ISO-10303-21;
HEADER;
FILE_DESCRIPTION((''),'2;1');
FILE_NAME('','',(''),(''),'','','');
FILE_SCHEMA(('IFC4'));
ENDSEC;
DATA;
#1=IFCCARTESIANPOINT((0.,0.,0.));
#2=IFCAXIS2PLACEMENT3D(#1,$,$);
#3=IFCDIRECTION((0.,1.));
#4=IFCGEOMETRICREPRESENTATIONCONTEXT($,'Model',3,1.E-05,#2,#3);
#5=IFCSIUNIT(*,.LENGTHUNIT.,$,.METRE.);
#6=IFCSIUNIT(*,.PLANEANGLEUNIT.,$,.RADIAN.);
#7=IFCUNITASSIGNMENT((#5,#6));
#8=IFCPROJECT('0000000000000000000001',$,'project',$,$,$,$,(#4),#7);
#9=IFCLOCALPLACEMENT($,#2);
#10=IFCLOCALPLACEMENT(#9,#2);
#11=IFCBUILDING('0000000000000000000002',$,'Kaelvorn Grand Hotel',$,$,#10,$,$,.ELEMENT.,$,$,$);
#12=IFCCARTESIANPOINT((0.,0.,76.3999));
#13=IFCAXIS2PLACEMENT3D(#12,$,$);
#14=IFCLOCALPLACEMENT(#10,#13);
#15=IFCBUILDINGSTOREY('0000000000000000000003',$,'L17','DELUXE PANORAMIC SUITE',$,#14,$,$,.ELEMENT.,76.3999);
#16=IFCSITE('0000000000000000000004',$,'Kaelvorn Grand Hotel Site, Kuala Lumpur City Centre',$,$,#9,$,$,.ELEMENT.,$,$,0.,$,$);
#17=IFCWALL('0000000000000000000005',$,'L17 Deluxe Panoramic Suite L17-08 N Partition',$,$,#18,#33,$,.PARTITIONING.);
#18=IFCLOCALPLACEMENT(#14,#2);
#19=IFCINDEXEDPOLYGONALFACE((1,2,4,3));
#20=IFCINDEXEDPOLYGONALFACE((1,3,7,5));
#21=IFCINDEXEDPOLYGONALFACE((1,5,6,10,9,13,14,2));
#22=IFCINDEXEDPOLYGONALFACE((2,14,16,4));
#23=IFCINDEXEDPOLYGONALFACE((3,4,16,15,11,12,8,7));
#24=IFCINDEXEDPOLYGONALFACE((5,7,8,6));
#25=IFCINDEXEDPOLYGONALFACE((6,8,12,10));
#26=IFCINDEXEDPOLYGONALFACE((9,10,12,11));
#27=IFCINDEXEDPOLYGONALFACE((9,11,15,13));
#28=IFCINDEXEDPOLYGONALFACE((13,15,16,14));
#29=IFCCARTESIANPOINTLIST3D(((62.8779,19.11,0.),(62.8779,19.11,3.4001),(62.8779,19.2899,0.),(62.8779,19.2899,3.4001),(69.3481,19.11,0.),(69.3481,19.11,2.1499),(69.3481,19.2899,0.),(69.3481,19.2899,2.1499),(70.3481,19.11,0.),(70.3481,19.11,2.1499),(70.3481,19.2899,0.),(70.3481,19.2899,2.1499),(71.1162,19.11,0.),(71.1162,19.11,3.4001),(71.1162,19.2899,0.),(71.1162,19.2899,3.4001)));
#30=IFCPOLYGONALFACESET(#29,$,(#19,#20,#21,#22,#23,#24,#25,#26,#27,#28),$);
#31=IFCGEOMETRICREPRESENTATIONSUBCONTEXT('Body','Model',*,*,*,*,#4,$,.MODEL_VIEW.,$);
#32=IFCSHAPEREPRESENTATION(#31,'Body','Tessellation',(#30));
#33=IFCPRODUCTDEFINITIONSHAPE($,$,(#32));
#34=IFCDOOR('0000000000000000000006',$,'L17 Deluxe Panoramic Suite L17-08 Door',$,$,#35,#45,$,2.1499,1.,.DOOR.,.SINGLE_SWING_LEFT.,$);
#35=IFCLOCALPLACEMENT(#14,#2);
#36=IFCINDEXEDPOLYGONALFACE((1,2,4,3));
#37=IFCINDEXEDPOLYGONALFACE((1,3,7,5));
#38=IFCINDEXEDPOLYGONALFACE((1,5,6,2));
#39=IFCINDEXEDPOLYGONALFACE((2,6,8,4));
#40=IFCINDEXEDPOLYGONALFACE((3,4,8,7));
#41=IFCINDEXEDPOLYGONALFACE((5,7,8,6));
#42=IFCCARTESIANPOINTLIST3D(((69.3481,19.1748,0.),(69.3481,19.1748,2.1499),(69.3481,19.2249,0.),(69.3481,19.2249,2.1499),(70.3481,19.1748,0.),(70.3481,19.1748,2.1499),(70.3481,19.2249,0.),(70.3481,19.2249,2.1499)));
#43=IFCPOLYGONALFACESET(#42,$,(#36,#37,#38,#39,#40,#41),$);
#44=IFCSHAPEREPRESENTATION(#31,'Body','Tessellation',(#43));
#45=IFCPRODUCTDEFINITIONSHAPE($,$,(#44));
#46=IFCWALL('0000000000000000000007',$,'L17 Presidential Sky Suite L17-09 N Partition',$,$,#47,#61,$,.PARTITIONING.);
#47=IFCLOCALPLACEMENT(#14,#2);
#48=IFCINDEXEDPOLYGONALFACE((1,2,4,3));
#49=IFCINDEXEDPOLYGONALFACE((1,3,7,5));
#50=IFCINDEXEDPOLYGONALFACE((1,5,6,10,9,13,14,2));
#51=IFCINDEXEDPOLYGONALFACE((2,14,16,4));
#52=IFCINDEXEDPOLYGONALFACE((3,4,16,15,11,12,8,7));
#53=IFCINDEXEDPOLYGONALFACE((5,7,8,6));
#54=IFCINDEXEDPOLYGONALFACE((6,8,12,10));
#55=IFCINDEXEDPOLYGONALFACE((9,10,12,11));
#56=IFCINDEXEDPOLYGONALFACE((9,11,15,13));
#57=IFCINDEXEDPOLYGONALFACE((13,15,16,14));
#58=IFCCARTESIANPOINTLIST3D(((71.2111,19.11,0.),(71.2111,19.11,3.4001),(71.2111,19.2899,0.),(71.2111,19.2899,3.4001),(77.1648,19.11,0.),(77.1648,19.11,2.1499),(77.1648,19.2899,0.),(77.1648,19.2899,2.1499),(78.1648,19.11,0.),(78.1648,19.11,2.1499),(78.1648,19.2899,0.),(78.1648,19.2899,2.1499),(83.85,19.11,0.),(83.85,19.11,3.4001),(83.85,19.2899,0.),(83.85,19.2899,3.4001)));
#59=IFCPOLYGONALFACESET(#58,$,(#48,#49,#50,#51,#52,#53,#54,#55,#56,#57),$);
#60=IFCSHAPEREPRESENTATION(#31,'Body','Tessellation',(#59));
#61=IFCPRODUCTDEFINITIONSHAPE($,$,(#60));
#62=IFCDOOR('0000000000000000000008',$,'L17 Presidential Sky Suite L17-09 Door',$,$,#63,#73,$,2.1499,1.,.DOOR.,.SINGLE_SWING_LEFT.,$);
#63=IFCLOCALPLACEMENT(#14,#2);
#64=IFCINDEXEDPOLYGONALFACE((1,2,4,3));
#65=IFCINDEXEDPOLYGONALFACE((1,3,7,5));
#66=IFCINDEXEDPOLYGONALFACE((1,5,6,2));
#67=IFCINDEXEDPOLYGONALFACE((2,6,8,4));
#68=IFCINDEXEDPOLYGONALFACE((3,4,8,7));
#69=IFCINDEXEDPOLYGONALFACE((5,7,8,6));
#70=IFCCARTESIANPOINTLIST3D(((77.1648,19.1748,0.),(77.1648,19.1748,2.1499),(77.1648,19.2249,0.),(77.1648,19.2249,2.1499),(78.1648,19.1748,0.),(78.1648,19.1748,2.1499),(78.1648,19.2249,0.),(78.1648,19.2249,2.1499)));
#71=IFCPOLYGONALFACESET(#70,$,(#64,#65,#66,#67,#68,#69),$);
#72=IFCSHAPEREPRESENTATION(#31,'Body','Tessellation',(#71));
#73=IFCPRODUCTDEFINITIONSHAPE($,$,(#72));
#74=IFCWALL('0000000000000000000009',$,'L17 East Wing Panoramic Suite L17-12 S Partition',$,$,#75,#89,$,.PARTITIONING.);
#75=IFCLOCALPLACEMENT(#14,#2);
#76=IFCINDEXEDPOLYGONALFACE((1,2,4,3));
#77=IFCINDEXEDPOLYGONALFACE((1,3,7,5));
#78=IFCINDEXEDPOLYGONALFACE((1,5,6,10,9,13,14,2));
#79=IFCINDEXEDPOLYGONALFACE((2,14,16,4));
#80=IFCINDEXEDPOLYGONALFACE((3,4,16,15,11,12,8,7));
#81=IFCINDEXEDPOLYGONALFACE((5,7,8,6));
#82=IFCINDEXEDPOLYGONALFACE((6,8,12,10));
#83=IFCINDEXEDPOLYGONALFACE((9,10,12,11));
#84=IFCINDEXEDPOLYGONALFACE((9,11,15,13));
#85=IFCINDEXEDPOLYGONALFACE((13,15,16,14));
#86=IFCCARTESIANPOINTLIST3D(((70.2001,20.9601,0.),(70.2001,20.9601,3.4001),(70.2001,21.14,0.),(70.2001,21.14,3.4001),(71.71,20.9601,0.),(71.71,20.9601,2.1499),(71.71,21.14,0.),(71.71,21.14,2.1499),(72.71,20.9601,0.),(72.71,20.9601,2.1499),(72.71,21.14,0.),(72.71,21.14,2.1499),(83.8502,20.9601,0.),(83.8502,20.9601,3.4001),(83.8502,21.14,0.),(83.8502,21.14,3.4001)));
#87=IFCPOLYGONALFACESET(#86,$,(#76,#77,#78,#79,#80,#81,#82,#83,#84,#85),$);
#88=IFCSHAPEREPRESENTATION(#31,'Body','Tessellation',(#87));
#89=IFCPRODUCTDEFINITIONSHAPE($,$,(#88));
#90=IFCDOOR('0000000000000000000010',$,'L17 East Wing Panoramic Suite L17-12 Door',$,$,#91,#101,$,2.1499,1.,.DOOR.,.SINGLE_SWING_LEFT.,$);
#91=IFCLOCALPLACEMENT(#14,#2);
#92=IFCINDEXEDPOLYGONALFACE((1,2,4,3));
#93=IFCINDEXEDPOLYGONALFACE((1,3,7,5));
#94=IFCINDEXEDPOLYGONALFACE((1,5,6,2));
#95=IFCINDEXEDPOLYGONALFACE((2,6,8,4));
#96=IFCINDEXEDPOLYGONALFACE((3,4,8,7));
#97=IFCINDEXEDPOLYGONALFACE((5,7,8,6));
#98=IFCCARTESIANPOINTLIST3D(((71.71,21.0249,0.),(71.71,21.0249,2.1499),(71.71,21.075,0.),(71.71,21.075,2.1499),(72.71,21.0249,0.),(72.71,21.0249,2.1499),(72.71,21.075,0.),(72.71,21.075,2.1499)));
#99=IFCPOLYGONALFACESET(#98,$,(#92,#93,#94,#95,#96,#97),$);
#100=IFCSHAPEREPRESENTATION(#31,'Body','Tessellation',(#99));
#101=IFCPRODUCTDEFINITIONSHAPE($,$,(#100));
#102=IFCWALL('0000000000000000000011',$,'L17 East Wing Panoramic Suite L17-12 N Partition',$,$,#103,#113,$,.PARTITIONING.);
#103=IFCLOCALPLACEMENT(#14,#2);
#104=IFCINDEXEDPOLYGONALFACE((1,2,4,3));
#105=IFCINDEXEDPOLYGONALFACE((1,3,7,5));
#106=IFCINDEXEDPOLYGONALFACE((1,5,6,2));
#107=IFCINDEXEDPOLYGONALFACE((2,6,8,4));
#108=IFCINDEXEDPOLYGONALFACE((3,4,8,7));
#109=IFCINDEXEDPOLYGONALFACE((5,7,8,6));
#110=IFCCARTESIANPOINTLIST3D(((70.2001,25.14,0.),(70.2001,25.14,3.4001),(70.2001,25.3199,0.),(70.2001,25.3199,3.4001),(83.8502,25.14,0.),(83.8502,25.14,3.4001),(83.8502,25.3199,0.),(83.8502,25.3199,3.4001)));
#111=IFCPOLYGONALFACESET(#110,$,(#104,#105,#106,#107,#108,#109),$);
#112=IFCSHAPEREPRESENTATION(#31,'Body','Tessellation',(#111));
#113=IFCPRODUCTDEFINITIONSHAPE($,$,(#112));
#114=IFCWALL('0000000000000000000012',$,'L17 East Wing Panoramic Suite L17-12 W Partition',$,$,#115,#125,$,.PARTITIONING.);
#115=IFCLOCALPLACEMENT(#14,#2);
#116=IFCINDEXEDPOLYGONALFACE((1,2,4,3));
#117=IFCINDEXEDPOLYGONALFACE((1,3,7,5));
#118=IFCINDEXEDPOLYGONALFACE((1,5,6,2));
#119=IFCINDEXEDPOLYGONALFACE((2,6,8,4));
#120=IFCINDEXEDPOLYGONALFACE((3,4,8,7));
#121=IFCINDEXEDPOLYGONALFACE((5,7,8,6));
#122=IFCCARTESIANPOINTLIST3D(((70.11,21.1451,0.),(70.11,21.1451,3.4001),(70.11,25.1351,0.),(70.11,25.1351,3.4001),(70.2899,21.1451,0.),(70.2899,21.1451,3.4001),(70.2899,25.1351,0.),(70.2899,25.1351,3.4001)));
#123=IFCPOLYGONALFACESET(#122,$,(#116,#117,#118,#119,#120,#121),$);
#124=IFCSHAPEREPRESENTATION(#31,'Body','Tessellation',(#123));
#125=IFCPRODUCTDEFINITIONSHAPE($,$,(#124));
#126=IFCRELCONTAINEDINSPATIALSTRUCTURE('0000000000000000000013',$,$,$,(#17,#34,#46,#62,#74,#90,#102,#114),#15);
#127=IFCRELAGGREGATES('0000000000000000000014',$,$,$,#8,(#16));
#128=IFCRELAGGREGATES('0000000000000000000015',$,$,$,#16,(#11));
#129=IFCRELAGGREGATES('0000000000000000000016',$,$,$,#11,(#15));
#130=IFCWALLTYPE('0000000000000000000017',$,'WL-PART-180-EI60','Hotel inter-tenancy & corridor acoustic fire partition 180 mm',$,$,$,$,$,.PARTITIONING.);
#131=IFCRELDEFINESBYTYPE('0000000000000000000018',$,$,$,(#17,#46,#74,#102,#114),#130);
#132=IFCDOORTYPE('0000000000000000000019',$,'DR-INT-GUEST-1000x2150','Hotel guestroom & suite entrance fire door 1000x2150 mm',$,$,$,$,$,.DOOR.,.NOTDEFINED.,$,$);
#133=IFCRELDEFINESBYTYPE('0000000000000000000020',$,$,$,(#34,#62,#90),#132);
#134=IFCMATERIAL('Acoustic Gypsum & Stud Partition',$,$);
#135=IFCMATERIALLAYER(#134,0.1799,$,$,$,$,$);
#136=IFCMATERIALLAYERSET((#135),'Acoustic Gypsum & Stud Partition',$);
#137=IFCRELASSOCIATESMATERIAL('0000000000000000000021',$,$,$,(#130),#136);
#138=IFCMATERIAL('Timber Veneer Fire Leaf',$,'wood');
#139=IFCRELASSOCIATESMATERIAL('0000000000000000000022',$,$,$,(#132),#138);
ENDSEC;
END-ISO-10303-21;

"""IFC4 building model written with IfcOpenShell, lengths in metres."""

from ifc_helpers import new_model, si_unit, direction, frame, frame_2d, origin, place, context, subcontext, project, spatial, rectangle, extrude, material, layer, layer_set, type_object, element, fill, save


model = new_model("IFC4")

# Units and contexts
model_context = context("Model", 3, precision=1e-05, world=origin(), true_north=direction((0.0, 1.0)))
body_context = subcontext(model_context, "Body", "Model", "MODEL_VIEW")
ifc_project = project(units=[si_unit("LENGTHUNIT", "METRE"), si_unit("PLANEANGLEUNIT", "RADIAN")], contexts=[model_context])

# Site, building, storey
site_placement = place(None, origin())
site = spatial("IfcSite", under=ifc_project, at=site_placement, Name="Kaelvorn Grand Hotel Site, Kuala Lumpur City Centre", CompositionType="ELEMENT", RefElevation=0.0)
building_placement = place(site_placement, origin())
building = spatial("IfcBuilding", under=site, at=building_placement, Name="Kaelvorn Grand Hotel", CompositionType="ELEMENT")
storey_placement = place(building_placement, frame((0.0, 0.0, 76.3999)))
storey = spatial("IfcBuildingStorey", under=building, at=storey_placement, Name="L17", Description="DELUXE PANORAMIC SUITE", CompositionType="ELEMENT", Elevation=76.3999)

# Shared definitions
ifc_material_1 = material(Name="Acoustic Gypsum & Stud Partition")

# Walls, openings, doors
ifc_layer_1 = layer(ifc_material_1, 0.1799)
ifc_layer_set_1 = layer_set([ifc_layer_1], Name="Acoustic Gypsum & Stud Partition")
wall_type_1 = type_object("IfcWallType", Name="WL-PART-180-EI60", Description="Hotel inter-tenancy & corridor acoustic fire partition 180 mm", PredefinedType="PARTITIONING", material=ifc_layer_set_1)
wall_1_placement = place(storey_placement, frame((62.8779, 19.2, 0.0), z_axis=(0.0, 0.0, 1.0), x_axis=(1.0, 0.0, 0.0)))
wall_1 = element("IfcWall", 1, at=wall_1_placement, inside=storey, type_object=wall_type_1, Name="L17 Deluxe Panoramic Suite L17-08 N Partition", PredefinedType="PARTITIONING", context=body_context, shape_type="SweptSolid", body=[
    extrude(rectangle(XDim=8.2383, YDim=0.1799, at=frame_2d((4.1191, 0.0))), origin(), (0.0, 0.0, 1.0), 3.4001),
])
opening_1_placement = place(wall_1_placement, frame((6.4702, 0.0, 0.0)))
opening_1 = element("IfcOpeningElement", 2, at=opening_1_placement, cuts=wall_1, PredefinedType="OPENING", context=body_context, shape_type="SweptSolid", body=[
    extrude(rectangle(XDim=1.0, YDim=2.1499, at=frame_2d((0.5, 1.075))), frame((0.0, 0.1001, 0.0), z_axis=(0.0, -1.0, 0.0), x_axis=(1.0, 0.0, 0.0)), (0.0, 0.0, 1.0), 0.2),
])
ifc_material_2 = material(Name="Timber Veneer Fire Leaf", Category="wood")
door_type_1 = type_object("IfcDoorType", Name="DR-INT-GUEST-1000x2150", Description="Hotel guestroom & suite entrance fire door 1000x2150 mm", OperationType="NOTDEFINED", PredefinedType="DOOR", material=ifc_material_2)
door_1_placement = place(opening_1_placement, origin())
door_1 = element("IfcDoor", 3, at=door_1_placement, inside=storey, type_object=door_type_1, Name="L17 Deluxe Panoramic Suite L17-08 Door", OperationType="SINGLE_SWING_LEFT", OverallHeight=2.1499, OverallWidth=1.0, PredefinedType="DOOR", context=body_context, shape_type="SweptSolid", body=[
    extrude(rectangle(XDim=1.0, YDim=2.1499, at=frame_2d((0.5, 1.075))), frame((0.0, 0.0249, 0.0), z_axis=(0.0, -1.0, 0.0), x_axis=(1.0, 0.0, 0.0)), (0.0, 0.0, 1.0), 0.05),
])
fill(opening_1, door_1)
wall_2_placement = place(storey_placement, frame((71.2112, 19.2, 0.0), z_axis=(0.0, 0.0, 1.0), x_axis=(1.0, 0.0, 0.0)))
wall_2 = element("IfcWall", 4, at=wall_2_placement, inside=storey, type_object=wall_type_1, Name="L17 Presidential Sky Suite L17-09 N Partition", PredefinedType="PARTITIONING", context=body_context, shape_type="SweptSolid", body=[
    extrude(rectangle(XDim=12.6389, YDim=0.1799, at=frame_2d((6.3193, 0.0))), origin(), (0.0, 0.0, 1.0), 3.4001),
])
opening_2_placement = place(wall_2_placement, frame((5.9536, 0.0, 0.0)))
opening_2 = element("IfcOpeningElement", 5, at=opening_2_placement, cuts=wall_2, PredefinedType="OPENING", context=body_context, shape_type="SweptSolid", body=[
    extrude(rectangle(XDim=1.0, YDim=2.1499, at=frame_2d((0.5, 1.075))), frame((0.0, 0.1001, 0.0), z_axis=(0.0, -1.0, 0.0), x_axis=(1.0, 0.0, 0.0)), (0.0, 0.0, 1.0), 0.2),
])
door_2_placement = place(opening_2_placement, origin())
door_2 = element("IfcDoor", 6, at=door_2_placement, inside=storey, type_object=door_type_1, Name="L17 Presidential Sky Suite L17-09 Door", OperationType="SINGLE_SWING_LEFT", OverallHeight=2.1499, OverallWidth=1.0, PredefinedType="DOOR", context=body_context, shape_type="SweptSolid", body=[
    extrude(rectangle(XDim=1.0, YDim=2.1499, at=frame_2d((0.5, 1.075))), frame((0.0, 0.0249, 0.0), z_axis=(0.0, -1.0, 0.0), x_axis=(1.0, 0.0, 0.0)), (0.0, 0.0, 1.0), 0.05),
])
fill(opening_2, door_2)
wall_3_placement = place(storey_placement, frame((70.2, 21.05, 0.0), z_axis=(0.0, 0.0, 1.0), x_axis=(1.0, 0.0, 0.0)))
wall_3 = element("IfcWall", 7, at=wall_3_placement, inside=storey, type_object=wall_type_1, Name="L17 East Wing Panoramic Suite L17-12 S Partition", PredefinedType="PARTITIONING", context=body_context, shape_type="SweptSolid", body=[
    extrude(rectangle(XDim=13.6501, YDim=0.1799, at=frame_2d((6.8252, 0.0))), origin(), (0.0, 0.0, 1.0), 3.4001),
])
opening_3_placement = place(wall_3_placement, frame((1.51, 0.0, 0.0)))
opening_3 = element("IfcOpeningElement", 8, at=opening_3_placement, cuts=wall_3, PredefinedType="OPENING", context=body_context, shape_type="SweptSolid", body=[
    extrude(rectangle(XDim=1.0, YDim=2.1499, at=frame_2d((0.5, 1.075))), frame((0.0, 0.1001, 0.0), z_axis=(0.0, -1.0, 0.0), x_axis=(1.0, 0.0, 0.0)), (0.0, 0.0, 1.0), 0.2),
])
door_3_placement = place(opening_3_placement, origin())
door_3 = element("IfcDoor", 9, at=door_3_placement, inside=storey, type_object=door_type_1, Name="L17 East Wing Panoramic Suite L17-12 Door", OperationType="SINGLE_SWING_LEFT", OverallHeight=2.1499, OverallWidth=1.0, PredefinedType="DOOR", context=body_context, shape_type="SweptSolid", body=[
    extrude(rectangle(XDim=1.0, YDim=2.1499, at=frame_2d((0.5, 1.075))), frame((0.0, 0.0249, 0.0), z_axis=(0.0, -1.0, 0.0), x_axis=(1.0, 0.0, 0.0)), (0.0, 0.0, 1.0), 0.05),
])
fill(opening_3, door_3)

# Walls
wall_4_placement = place(storey_placement, frame((70.2, 25.23, 0.0), z_axis=(0.0, 0.0, 1.0), x_axis=(1.0, 0.0, 0.0)))
element("IfcWall", 10, at=wall_4_placement, inside=storey, type_object=wall_type_1, Name="L17 East Wing Panoramic Suite L17-12 N Partition", PredefinedType="PARTITIONING", context=body_context, shape_type="SweptSolid", body=[
    extrude(rectangle(XDim=13.6501, YDim=0.1799, at=frame_2d((6.8252, 0.0))), origin(), (0.0, 0.0, 1.0), 3.4001),
])
wall_5_placement = place(storey_placement, frame((70.2, 21.145, 0.0), z_axis=(0.0, 0.0, 1.0), x_axis=(0.0, 1.0, 0.0)))
element("IfcWall", 11, at=wall_5_placement, inside=storey, type_object=wall_type_1, Name="L17 East Wing Panoramic Suite L17-12 W Partition", PredefinedType="PARTITIONING", context=body_context, shape_type="SweptSolid", body=[
    extrude(rectangle(XDim=3.99, YDim=0.1799, at=frame_2d((1.9951, 0.0))), origin(), (0.0, 0.0, 1.0), 3.4001),
])

save(model, "model.ifc")
